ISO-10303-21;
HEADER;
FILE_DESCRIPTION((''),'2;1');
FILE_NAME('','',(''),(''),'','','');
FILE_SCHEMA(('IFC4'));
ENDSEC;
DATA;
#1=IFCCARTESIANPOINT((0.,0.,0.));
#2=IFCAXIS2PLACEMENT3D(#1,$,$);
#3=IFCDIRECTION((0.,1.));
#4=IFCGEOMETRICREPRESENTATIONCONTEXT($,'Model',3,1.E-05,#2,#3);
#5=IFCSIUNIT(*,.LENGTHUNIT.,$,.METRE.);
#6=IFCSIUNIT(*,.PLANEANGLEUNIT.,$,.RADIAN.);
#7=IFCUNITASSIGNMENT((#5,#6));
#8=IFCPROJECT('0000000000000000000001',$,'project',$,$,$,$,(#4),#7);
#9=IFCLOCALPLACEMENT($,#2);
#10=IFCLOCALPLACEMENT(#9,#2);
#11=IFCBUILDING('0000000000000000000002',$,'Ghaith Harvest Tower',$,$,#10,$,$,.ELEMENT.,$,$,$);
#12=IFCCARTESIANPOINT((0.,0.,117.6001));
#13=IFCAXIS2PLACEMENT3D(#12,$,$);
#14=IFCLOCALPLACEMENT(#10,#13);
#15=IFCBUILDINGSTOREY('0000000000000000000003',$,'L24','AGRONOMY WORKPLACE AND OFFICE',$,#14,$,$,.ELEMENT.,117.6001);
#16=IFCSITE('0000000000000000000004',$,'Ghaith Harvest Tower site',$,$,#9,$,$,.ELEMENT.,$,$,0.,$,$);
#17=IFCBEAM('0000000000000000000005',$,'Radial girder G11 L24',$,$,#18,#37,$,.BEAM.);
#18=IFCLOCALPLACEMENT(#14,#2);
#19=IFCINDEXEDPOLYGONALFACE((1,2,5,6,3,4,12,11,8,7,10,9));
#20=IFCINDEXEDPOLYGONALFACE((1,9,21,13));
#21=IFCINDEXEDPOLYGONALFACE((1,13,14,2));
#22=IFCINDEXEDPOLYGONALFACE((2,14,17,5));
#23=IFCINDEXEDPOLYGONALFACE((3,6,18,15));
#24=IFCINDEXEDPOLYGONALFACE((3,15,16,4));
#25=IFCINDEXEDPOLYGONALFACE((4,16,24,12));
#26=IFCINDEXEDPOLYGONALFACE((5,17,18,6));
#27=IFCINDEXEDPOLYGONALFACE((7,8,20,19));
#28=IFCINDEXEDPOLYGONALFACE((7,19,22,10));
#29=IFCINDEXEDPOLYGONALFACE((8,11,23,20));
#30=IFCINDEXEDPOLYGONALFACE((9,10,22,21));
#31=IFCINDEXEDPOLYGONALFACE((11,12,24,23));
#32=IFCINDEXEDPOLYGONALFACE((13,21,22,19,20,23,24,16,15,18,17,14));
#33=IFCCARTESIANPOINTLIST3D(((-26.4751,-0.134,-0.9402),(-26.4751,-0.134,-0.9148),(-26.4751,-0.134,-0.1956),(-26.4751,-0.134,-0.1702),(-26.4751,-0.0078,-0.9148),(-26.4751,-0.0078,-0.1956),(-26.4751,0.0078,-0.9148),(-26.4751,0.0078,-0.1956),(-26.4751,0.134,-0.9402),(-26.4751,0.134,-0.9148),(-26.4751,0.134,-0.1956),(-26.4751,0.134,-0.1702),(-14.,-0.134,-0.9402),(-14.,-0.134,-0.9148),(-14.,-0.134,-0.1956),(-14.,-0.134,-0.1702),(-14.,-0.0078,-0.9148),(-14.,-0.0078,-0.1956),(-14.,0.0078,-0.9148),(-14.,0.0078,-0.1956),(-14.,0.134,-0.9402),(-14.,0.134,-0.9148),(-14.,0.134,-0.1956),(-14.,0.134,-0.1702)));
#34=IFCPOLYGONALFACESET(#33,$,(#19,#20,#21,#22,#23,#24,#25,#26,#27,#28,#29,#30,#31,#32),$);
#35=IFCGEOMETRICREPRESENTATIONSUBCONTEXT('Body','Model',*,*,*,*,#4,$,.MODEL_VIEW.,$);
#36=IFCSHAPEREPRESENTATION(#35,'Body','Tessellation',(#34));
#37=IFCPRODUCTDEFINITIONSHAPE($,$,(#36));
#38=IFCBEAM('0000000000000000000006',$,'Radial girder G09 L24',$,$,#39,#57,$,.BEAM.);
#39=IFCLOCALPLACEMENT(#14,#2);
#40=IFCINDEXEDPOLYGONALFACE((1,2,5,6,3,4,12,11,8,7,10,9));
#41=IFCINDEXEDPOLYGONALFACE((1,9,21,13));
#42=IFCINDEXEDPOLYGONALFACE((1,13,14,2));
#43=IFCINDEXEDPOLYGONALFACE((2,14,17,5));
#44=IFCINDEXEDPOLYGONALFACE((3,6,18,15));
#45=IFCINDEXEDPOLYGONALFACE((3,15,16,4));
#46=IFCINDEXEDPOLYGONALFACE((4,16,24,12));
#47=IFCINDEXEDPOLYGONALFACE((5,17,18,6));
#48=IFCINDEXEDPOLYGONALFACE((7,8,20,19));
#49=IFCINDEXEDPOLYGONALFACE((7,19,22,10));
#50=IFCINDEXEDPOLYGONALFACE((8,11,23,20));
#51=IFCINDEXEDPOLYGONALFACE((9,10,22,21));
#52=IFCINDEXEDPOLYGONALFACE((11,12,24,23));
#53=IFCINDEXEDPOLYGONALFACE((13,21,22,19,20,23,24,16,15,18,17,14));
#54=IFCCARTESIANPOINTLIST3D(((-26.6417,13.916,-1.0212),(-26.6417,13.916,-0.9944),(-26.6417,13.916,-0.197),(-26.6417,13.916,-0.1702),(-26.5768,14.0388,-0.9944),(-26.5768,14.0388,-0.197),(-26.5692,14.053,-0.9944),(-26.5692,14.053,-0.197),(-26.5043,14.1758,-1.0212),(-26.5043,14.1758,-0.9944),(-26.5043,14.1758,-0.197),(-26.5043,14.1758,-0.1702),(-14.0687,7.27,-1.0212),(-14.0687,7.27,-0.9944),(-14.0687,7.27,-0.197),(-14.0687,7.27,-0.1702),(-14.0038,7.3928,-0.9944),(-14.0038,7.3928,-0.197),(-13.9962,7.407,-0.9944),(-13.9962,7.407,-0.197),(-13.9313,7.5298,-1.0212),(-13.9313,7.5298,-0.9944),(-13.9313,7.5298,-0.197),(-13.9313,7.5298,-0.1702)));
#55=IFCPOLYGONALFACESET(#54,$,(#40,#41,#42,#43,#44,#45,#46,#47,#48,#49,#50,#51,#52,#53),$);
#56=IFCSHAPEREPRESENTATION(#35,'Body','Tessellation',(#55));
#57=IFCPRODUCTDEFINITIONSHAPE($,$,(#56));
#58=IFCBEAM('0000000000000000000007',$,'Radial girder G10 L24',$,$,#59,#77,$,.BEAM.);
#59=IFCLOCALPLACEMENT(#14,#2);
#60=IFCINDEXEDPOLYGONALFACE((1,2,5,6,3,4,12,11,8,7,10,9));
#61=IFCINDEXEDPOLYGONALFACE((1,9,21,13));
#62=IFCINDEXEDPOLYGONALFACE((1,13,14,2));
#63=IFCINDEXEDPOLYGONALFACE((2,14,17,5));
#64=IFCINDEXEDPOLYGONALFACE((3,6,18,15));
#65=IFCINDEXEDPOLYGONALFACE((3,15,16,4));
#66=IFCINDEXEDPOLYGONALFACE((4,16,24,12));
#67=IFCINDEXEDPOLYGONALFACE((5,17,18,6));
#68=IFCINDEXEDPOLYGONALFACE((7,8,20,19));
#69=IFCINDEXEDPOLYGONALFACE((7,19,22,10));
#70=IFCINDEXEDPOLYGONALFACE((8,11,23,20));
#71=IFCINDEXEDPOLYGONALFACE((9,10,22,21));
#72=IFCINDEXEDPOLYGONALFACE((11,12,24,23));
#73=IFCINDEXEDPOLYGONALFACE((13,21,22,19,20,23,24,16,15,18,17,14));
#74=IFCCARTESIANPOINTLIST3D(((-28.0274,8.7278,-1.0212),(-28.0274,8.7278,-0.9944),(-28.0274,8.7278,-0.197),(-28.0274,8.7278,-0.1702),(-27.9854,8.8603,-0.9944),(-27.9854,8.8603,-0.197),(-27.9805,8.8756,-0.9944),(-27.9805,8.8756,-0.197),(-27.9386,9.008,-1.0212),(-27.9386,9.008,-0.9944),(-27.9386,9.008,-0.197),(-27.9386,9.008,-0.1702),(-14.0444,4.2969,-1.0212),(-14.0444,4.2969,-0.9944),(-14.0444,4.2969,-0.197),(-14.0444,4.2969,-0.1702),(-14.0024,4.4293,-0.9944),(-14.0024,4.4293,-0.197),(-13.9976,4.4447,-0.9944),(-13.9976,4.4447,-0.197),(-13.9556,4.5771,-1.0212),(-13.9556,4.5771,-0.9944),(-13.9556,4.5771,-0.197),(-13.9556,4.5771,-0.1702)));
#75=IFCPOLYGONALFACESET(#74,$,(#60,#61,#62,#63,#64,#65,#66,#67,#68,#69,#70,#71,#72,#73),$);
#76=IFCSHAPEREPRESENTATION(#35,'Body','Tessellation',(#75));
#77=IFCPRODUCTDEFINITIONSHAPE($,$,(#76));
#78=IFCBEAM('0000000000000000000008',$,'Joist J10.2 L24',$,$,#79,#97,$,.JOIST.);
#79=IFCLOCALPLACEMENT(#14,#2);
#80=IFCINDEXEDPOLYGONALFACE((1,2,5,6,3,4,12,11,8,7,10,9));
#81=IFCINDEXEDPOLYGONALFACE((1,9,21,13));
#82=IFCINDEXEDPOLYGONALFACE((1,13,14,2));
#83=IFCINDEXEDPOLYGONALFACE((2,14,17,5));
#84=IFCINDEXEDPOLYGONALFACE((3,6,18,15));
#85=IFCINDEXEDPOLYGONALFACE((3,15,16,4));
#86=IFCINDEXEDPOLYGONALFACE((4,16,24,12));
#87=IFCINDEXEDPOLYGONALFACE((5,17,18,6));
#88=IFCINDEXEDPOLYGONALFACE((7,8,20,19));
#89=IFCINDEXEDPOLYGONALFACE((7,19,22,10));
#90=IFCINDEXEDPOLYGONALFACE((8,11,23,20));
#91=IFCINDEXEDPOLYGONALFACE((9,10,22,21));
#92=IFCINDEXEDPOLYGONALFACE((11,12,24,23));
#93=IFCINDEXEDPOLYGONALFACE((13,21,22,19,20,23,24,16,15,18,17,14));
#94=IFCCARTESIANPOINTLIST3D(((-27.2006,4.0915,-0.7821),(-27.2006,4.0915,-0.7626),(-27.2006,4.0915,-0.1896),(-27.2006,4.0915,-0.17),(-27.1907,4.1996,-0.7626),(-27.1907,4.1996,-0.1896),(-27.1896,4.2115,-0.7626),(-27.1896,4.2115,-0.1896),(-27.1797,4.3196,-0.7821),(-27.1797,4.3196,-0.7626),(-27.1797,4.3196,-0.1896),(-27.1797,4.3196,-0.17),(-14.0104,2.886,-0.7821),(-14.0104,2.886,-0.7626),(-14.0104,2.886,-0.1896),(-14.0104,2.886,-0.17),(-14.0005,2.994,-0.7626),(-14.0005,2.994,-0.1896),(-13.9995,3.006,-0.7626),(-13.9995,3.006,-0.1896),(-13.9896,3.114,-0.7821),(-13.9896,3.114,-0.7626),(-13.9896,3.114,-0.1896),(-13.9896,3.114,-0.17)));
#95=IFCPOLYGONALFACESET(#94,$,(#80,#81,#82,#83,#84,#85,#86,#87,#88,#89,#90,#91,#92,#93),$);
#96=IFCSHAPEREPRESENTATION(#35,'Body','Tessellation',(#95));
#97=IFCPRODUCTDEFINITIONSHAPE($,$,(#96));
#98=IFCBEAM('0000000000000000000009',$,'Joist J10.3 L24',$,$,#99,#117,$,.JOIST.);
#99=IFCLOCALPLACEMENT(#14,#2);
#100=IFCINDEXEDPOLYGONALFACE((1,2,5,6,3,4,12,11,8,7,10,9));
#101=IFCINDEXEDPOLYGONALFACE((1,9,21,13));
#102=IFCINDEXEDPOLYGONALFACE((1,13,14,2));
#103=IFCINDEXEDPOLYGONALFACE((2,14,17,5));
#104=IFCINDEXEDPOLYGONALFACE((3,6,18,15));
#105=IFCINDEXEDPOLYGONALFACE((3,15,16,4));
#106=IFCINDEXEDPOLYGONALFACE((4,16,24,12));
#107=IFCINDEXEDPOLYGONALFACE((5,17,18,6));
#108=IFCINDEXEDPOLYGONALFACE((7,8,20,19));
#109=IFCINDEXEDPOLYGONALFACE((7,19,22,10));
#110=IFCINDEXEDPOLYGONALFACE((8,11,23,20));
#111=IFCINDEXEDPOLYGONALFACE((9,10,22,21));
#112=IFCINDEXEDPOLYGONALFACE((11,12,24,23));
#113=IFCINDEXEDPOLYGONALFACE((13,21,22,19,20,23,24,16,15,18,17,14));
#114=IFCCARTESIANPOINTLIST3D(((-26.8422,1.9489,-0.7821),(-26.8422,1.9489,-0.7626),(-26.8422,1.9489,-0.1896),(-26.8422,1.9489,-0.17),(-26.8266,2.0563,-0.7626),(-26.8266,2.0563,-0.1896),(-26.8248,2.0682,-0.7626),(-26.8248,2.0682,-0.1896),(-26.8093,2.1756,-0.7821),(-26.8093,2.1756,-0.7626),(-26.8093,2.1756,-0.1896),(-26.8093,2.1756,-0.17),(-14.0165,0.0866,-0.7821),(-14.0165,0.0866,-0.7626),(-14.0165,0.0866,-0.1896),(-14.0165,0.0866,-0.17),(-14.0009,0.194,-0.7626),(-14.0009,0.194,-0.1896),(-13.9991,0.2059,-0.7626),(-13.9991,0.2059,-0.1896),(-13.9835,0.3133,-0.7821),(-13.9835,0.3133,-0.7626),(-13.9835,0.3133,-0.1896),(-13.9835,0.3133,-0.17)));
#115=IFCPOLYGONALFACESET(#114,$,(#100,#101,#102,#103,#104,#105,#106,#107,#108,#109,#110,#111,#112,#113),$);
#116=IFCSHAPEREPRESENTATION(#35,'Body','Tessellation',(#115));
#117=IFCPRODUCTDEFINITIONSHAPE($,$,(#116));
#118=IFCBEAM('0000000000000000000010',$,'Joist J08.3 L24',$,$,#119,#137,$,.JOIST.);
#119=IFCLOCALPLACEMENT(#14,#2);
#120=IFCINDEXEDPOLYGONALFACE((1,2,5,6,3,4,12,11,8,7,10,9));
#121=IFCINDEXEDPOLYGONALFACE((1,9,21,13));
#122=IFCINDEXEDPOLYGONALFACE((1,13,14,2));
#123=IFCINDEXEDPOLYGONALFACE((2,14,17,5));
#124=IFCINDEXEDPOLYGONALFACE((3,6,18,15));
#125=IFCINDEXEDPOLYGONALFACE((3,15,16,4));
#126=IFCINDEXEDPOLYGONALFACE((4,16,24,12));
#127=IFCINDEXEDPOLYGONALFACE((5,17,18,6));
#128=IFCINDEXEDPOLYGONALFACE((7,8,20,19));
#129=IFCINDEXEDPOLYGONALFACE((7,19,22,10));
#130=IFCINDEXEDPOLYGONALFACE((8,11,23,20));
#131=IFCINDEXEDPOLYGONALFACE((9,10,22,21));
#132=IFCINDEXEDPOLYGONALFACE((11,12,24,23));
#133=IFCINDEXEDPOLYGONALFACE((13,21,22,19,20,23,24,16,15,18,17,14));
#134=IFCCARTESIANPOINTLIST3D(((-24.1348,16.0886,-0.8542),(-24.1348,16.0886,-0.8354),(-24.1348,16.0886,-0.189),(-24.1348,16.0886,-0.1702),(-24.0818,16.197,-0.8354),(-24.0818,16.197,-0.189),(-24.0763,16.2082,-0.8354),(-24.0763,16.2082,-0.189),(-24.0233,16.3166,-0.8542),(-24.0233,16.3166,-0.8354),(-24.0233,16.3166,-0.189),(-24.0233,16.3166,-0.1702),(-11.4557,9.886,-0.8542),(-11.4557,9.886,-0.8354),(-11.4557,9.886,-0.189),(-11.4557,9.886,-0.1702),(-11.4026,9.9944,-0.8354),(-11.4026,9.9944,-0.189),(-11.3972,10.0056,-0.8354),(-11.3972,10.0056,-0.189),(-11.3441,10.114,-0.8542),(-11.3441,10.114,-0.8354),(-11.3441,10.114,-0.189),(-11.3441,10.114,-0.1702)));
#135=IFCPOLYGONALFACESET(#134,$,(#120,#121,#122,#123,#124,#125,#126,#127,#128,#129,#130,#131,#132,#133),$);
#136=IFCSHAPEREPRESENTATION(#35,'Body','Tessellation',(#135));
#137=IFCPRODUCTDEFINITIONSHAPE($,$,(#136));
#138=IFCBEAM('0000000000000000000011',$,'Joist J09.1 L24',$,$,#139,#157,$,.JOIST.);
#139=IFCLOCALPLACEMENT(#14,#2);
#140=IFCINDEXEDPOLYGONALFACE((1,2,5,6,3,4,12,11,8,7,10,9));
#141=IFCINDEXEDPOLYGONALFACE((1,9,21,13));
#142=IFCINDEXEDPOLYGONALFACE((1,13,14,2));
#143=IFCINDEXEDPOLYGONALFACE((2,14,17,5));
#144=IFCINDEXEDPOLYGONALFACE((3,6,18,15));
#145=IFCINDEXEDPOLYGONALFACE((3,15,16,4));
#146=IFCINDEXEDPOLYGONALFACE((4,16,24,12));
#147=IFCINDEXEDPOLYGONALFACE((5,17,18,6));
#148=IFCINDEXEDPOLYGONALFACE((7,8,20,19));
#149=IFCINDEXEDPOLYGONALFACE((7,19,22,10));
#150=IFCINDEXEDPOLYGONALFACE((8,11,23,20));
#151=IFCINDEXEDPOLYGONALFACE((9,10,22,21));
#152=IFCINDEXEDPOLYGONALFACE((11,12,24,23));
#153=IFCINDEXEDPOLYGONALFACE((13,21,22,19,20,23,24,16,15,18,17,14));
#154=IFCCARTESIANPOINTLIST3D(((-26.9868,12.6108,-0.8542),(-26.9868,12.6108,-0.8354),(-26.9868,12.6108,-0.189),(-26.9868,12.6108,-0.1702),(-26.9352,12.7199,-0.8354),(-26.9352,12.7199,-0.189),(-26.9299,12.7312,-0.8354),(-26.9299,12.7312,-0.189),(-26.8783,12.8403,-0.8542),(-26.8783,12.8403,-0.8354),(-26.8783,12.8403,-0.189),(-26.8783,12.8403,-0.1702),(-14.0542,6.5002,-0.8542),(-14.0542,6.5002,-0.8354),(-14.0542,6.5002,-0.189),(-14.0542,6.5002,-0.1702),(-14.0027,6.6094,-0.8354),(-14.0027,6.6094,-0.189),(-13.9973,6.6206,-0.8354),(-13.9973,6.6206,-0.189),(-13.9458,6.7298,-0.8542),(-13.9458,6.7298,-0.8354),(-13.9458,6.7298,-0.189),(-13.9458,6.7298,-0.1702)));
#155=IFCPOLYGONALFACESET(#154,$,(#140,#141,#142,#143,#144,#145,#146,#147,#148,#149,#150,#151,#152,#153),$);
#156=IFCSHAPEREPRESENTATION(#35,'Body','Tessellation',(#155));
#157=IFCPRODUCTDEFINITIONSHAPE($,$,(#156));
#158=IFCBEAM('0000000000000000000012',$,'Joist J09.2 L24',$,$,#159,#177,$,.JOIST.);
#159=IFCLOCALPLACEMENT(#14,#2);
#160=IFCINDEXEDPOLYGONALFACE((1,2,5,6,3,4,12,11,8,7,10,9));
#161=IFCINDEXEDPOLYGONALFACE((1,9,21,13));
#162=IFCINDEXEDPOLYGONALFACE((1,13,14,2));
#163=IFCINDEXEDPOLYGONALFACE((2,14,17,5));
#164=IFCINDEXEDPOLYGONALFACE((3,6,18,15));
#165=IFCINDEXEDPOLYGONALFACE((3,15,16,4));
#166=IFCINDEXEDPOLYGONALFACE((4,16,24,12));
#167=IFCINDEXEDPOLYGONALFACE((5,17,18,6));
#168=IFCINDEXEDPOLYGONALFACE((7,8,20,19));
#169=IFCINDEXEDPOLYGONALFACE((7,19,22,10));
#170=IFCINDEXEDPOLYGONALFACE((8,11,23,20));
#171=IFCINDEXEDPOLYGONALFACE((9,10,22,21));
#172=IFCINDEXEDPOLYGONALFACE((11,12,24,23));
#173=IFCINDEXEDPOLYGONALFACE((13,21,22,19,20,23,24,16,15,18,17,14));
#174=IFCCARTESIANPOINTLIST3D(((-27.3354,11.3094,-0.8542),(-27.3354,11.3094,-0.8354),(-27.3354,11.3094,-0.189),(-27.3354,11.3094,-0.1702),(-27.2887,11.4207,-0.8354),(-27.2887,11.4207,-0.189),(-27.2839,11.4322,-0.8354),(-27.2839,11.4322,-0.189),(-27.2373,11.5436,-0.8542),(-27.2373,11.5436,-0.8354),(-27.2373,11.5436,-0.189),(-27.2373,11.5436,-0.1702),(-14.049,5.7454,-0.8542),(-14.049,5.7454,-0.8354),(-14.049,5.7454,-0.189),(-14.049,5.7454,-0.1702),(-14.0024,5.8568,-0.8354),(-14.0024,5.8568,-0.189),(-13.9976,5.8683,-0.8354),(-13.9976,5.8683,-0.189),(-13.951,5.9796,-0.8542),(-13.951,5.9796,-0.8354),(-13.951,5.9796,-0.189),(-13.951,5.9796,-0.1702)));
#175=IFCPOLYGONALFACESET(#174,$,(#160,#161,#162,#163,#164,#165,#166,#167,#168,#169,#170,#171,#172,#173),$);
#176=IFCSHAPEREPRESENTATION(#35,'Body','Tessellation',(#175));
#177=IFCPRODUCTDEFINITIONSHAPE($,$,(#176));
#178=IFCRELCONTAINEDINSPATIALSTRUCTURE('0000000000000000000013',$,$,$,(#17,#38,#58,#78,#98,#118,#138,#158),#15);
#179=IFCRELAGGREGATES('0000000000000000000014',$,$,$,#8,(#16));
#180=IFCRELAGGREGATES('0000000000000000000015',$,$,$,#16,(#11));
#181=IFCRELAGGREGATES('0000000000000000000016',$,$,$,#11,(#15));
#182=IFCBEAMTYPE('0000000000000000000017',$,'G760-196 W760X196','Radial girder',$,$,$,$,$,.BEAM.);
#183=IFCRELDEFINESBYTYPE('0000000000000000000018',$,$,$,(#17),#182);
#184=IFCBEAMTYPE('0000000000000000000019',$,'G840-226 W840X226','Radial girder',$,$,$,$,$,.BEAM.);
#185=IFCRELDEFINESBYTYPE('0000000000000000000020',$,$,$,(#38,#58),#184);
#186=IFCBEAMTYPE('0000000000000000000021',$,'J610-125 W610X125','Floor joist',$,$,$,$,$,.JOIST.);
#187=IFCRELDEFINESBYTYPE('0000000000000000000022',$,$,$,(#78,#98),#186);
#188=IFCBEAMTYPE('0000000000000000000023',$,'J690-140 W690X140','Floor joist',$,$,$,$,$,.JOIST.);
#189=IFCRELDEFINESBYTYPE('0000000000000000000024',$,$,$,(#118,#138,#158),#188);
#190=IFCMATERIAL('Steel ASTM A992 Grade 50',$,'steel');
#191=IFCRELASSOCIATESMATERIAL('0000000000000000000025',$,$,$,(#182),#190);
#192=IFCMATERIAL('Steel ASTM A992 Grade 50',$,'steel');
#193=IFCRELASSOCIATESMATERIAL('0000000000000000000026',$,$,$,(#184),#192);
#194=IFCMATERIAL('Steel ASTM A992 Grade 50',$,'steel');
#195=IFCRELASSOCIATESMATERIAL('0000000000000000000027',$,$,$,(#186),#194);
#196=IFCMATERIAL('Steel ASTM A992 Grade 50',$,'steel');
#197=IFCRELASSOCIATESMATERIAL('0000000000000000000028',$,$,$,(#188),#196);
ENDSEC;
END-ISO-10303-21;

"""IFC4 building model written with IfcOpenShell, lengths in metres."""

from ifc_helpers import new_model, si_unit, direction, frame, origin, origin_2d, place, context, subcontext, project, spatial, i_section, extrude, material, material_profile, profile_set, type_object, element, save


model = new_model("IFC4")

# Units and contexts
model_context = context("Model", 3, precision=1e-05, world=origin(), true_north=direction((0.0, 1.0)))
body_context = subcontext(model_context, "Body", "Model", "MODEL_VIEW")
ifc_project = project(units=[si_unit("LENGTHUNIT", "METRE"), si_unit("PLANEANGLEUNIT", "RADIAN")], contexts=[model_context])

# Site, building, storey
site_placement = place(None, origin())
site = spatial("IfcSite", under=ifc_project, at=site_placement, Name="Ghaith Harvest Tower site", CompositionType="ELEMENT", RefElevation=0.0)
building_placement = place(site_placement, origin())
building = spatial("IfcBuilding", under=site, at=building_placement, Name="Ghaith Harvest Tower", CompositionType="ELEMENT")
storey_placement = place(building_placement, frame((0.0, 0.0, 117.6001)))
storey = spatial("IfcBuildingStorey", under=building, at=storey_placement, Name="L24", Description="AGRONOMY WORKPLACE AND OFFICE", CompositionType="ELEMENT", Elevation=117.6001)

# Beams
ifc_material_1 = material(Name="Steel ASTM A992 Grade 50", Category="steel")
ifc_material_profile_1 = material_profile(ifc_material_1, i_section(OverallWidth=0.2681, OverallDepth=0.77, WebThickness=0.0156, FlangeThickness=0.0254, at=origin_2d()), Name="W760X196")
ifc_profile_set_1 = profile_set([ifc_material_profile_1], Name="Steel ASTM A992 Grade 50")
beam_type_1 = type_object("IfcBeamType", Name="G760-196 W760X196", Description="Radial girder", PredefinedType="BEAM", material=ifc_profile_set_1)
beam_1_placement = place(storey_placement, frame((-14.0, 0.0, -0.5552), z_axis=(-1.0, 0.0, 0.0), x_axis=(0.0, -1.0, 0.0)))
element("IfcBeam", 1, at=beam_1_placement, inside=storey, type_object=beam_type_1, Name="Radial girder G11 L24", PredefinedType="BEAM", context=body_context, shape_type="SweptSolid", body=[
    extrude(i_section(OverallWidth=0.2681, OverallDepth=0.77, WebThickness=0.0156, FlangeThickness=0.0254, at=origin_2d()), origin(), (0.0, 0.0, 1.0), 12.4751),
])
ifc_material_2 = material(Name="Steel ASTM A992 Grade 50", Category="steel")
ifc_material_profile_2 = material_profile(ifc_material_2, i_section(OverallWidth=0.2939, OverallDepth=0.8511, WebThickness=0.0161, FlangeThickness=0.0269, at=origin_2d()), Name="W840X226")
ifc_profile_set_2 = profile_set([ifc_material_profile_2], Name="Steel ASTM A992 Grade 50")
beam_type_2 = type_object("IfcBeamType", Name="G840-226 W840X226", Description="Radial girder", PredefinedType="BEAM", material=ifc_profile_set_2)
beam_2_placement = place(storey_placement, frame((-14.0, 7.3999, -0.5957), z_axis=(-0.884087, 0.467322, 0.0), x_axis=(-0.467322, -0.884087, 0.0)))
element("IfcBeam", 2, at=beam_2_placement, inside=storey, type_object=beam_type_2, Name="Radial girder G09 L24", PredefinedType="BEAM", context=body_context, shape_type="SweptSolid", body=[
    extrude(i_section(OverallWidth=0.2939, OverallDepth=0.8511, WebThickness=0.0161, FlangeThickness=0.0269, at=origin_2d()), origin(), (0.0, 0.0, 1.0), 14.2214),
])
beam_3_placement = place(storey_placement, frame((-14.0, 4.437, -0.5957), z_axis=(-0.953284, 0.302077, 0.0), x_axis=(-0.302077, -0.953284, 0.0)))
element("IfcBeam", 3, at=beam_3_placement, inside=storey, type_object=beam_type_2, Name="Radial girder G10 L24", PredefinedType="BEAM", context=body_context, shape_type="SweptSolid", body=[
    extrude(i_section(OverallWidth=0.2939, OverallDepth=0.8511, WebThickness=0.0161, FlangeThickness=0.0269, at=origin_2d()), origin(), (0.0, 0.0, 1.0), 14.6682),
])
ifc_material_3 = material(Name="Steel ASTM A992 Grade 50", Category="steel")
ifc_material_profile_3 = material_profile(ifc_material_3, i_section(OverallWidth=0.229, OverallDepth=0.6121, WebThickness=0.012, FlangeThickness=0.0195, at=origin_2d()), Name="W610X125")
ifc_profile_set_3 = profile_set([ifc_material_profile_3], Name="Steel ASTM A992 Grade 50")
beam_type_3 = type_object("IfcBeamType", Name="J610-125 W610X125", Description="Floor joist", PredefinedType="JOIST", material=ifc_profile_set_3)
beam_4_placement = place(storey_placement, frame((-14.0, 3.0, -0.4761), z_axis=(-0.995849, 0.091019, 0.0), x_axis=(-0.091019, -0.995849, 0.0)))
element("IfcBeam", 4, at=beam_4_placement, inside=storey, type_object=beam_type_3, Name="Joist J10.2 L24", PredefinedType="JOIST", context=body_context, shape_type="SweptSolid", body=[
    extrude(i_section(OverallWidth=0.229, OverallDepth=0.6121, WebThickness=0.012, FlangeThickness=0.0195, at=origin_2d()), origin(), (0.0, 0.0, 1.0), 13.2451),
])
beam_5_placement = place(storey_placement, frame((-14.0, 0.2, -0.4761), z_axis=(-0.989622, 0.143694, 0.0), x_axis=(-0.143694, -0.989622, 0.0)))
element("IfcBeam", 5, at=beam_5_placement, inside=storey, type_object=beam_type_3, Name="Joist J10.3 L24", PredefinedType="JOIST", context=body_context, shape_type="SweptSolid", body=[
    extrude(i_section(OverallWidth=0.229, OverallDepth=0.6121, WebThickness=0.012, FlangeThickness=0.0195, at=origin_2d()), origin(), (0.0, 0.0, 1.0), 12.9602),
])
ifc_material_4 = material(Name="Steel ASTM A992 Grade 50", Category="steel")
ifc_material_profile_4 = material_profile(ifc_material_4, i_section(OverallWidth=0.2539, OverallDepth=0.6841, WebThickness=0.0125, FlangeThickness=0.0188, at=origin_2d()), Name="W690X140")
ifc_profile_set_4 = profile_set([ifc_material_profile_4], Name="Steel ASTM A992 Grade 50")
beam_type_4 = type_object("IfcBeamType", Name="J690-140 W690X140", Description="Floor joist", PredefinedType="JOIST", material=ifc_profile_set_4)
beam_6_placement = place(storey_placement, frame((-11.3999, 10.0, -0.5122), z_axis=(-0.898275, 0.439434, 0.0), x_axis=(-0.439434, -0.898275, 0.0)))
element("IfcBeam", 6, at=beam_6_placement, inside=storey, type_object=beam_type_4, Name="Joist J08.3 L24", PredefinedType="JOIST", context=body_context, shape_type="SweptSolid", body=[
    extrude(i_section(OverallWidth=0.2539, OverallDepth=0.6841, WebThickness=0.0125, FlangeThickness=0.0188, at=origin_2d()), origin(), (0.0, 0.0, 1.0), 14.115),
])
beam_7_placement = place(storey_placement, frame((-14.0, 6.615, -0.5122), z_axis=(-0.904153, 0.427208, 0.0), x_axis=(-0.427208, -0.904153, 0.0)))
element("IfcBeam", 7, at=beam_7_placement, inside=storey, type_object=beam_type_4, Name="Joist J09.1 L24", PredefinedType="JOIST", context=body_context, shape_type="SweptSolid", body=[
    extrude(i_section(OverallWidth=0.2539, OverallDepth=0.6841, WebThickness=0.0125, FlangeThickness=0.0188, at=origin_2d()), origin(), (0.0, 0.0, 1.0), 14.3035),
])
beam_8_placement = place(storey_placement, frame((-14.0, 5.8625, -0.5122), z_axis=(-0.922386, 0.38627, 0.0), x_axis=(-0.38627, -0.922386, 0.0)))
element("IfcBeam", 8, at=beam_8_placement, inside=storey, type_object=beam_type_4, Name="Joist J09.2 L24", PredefinedType="JOIST", context=body_context, shape_type="SweptSolid", body=[
    extrude(i_section(OverallWidth=0.2539, OverallDepth=0.6841, WebThickness=0.0125, FlangeThickness=0.0188, at=origin_2d()), origin(), (0.0, 0.0, 1.0), 14.4043),
])

save(model, "model.ifc")
